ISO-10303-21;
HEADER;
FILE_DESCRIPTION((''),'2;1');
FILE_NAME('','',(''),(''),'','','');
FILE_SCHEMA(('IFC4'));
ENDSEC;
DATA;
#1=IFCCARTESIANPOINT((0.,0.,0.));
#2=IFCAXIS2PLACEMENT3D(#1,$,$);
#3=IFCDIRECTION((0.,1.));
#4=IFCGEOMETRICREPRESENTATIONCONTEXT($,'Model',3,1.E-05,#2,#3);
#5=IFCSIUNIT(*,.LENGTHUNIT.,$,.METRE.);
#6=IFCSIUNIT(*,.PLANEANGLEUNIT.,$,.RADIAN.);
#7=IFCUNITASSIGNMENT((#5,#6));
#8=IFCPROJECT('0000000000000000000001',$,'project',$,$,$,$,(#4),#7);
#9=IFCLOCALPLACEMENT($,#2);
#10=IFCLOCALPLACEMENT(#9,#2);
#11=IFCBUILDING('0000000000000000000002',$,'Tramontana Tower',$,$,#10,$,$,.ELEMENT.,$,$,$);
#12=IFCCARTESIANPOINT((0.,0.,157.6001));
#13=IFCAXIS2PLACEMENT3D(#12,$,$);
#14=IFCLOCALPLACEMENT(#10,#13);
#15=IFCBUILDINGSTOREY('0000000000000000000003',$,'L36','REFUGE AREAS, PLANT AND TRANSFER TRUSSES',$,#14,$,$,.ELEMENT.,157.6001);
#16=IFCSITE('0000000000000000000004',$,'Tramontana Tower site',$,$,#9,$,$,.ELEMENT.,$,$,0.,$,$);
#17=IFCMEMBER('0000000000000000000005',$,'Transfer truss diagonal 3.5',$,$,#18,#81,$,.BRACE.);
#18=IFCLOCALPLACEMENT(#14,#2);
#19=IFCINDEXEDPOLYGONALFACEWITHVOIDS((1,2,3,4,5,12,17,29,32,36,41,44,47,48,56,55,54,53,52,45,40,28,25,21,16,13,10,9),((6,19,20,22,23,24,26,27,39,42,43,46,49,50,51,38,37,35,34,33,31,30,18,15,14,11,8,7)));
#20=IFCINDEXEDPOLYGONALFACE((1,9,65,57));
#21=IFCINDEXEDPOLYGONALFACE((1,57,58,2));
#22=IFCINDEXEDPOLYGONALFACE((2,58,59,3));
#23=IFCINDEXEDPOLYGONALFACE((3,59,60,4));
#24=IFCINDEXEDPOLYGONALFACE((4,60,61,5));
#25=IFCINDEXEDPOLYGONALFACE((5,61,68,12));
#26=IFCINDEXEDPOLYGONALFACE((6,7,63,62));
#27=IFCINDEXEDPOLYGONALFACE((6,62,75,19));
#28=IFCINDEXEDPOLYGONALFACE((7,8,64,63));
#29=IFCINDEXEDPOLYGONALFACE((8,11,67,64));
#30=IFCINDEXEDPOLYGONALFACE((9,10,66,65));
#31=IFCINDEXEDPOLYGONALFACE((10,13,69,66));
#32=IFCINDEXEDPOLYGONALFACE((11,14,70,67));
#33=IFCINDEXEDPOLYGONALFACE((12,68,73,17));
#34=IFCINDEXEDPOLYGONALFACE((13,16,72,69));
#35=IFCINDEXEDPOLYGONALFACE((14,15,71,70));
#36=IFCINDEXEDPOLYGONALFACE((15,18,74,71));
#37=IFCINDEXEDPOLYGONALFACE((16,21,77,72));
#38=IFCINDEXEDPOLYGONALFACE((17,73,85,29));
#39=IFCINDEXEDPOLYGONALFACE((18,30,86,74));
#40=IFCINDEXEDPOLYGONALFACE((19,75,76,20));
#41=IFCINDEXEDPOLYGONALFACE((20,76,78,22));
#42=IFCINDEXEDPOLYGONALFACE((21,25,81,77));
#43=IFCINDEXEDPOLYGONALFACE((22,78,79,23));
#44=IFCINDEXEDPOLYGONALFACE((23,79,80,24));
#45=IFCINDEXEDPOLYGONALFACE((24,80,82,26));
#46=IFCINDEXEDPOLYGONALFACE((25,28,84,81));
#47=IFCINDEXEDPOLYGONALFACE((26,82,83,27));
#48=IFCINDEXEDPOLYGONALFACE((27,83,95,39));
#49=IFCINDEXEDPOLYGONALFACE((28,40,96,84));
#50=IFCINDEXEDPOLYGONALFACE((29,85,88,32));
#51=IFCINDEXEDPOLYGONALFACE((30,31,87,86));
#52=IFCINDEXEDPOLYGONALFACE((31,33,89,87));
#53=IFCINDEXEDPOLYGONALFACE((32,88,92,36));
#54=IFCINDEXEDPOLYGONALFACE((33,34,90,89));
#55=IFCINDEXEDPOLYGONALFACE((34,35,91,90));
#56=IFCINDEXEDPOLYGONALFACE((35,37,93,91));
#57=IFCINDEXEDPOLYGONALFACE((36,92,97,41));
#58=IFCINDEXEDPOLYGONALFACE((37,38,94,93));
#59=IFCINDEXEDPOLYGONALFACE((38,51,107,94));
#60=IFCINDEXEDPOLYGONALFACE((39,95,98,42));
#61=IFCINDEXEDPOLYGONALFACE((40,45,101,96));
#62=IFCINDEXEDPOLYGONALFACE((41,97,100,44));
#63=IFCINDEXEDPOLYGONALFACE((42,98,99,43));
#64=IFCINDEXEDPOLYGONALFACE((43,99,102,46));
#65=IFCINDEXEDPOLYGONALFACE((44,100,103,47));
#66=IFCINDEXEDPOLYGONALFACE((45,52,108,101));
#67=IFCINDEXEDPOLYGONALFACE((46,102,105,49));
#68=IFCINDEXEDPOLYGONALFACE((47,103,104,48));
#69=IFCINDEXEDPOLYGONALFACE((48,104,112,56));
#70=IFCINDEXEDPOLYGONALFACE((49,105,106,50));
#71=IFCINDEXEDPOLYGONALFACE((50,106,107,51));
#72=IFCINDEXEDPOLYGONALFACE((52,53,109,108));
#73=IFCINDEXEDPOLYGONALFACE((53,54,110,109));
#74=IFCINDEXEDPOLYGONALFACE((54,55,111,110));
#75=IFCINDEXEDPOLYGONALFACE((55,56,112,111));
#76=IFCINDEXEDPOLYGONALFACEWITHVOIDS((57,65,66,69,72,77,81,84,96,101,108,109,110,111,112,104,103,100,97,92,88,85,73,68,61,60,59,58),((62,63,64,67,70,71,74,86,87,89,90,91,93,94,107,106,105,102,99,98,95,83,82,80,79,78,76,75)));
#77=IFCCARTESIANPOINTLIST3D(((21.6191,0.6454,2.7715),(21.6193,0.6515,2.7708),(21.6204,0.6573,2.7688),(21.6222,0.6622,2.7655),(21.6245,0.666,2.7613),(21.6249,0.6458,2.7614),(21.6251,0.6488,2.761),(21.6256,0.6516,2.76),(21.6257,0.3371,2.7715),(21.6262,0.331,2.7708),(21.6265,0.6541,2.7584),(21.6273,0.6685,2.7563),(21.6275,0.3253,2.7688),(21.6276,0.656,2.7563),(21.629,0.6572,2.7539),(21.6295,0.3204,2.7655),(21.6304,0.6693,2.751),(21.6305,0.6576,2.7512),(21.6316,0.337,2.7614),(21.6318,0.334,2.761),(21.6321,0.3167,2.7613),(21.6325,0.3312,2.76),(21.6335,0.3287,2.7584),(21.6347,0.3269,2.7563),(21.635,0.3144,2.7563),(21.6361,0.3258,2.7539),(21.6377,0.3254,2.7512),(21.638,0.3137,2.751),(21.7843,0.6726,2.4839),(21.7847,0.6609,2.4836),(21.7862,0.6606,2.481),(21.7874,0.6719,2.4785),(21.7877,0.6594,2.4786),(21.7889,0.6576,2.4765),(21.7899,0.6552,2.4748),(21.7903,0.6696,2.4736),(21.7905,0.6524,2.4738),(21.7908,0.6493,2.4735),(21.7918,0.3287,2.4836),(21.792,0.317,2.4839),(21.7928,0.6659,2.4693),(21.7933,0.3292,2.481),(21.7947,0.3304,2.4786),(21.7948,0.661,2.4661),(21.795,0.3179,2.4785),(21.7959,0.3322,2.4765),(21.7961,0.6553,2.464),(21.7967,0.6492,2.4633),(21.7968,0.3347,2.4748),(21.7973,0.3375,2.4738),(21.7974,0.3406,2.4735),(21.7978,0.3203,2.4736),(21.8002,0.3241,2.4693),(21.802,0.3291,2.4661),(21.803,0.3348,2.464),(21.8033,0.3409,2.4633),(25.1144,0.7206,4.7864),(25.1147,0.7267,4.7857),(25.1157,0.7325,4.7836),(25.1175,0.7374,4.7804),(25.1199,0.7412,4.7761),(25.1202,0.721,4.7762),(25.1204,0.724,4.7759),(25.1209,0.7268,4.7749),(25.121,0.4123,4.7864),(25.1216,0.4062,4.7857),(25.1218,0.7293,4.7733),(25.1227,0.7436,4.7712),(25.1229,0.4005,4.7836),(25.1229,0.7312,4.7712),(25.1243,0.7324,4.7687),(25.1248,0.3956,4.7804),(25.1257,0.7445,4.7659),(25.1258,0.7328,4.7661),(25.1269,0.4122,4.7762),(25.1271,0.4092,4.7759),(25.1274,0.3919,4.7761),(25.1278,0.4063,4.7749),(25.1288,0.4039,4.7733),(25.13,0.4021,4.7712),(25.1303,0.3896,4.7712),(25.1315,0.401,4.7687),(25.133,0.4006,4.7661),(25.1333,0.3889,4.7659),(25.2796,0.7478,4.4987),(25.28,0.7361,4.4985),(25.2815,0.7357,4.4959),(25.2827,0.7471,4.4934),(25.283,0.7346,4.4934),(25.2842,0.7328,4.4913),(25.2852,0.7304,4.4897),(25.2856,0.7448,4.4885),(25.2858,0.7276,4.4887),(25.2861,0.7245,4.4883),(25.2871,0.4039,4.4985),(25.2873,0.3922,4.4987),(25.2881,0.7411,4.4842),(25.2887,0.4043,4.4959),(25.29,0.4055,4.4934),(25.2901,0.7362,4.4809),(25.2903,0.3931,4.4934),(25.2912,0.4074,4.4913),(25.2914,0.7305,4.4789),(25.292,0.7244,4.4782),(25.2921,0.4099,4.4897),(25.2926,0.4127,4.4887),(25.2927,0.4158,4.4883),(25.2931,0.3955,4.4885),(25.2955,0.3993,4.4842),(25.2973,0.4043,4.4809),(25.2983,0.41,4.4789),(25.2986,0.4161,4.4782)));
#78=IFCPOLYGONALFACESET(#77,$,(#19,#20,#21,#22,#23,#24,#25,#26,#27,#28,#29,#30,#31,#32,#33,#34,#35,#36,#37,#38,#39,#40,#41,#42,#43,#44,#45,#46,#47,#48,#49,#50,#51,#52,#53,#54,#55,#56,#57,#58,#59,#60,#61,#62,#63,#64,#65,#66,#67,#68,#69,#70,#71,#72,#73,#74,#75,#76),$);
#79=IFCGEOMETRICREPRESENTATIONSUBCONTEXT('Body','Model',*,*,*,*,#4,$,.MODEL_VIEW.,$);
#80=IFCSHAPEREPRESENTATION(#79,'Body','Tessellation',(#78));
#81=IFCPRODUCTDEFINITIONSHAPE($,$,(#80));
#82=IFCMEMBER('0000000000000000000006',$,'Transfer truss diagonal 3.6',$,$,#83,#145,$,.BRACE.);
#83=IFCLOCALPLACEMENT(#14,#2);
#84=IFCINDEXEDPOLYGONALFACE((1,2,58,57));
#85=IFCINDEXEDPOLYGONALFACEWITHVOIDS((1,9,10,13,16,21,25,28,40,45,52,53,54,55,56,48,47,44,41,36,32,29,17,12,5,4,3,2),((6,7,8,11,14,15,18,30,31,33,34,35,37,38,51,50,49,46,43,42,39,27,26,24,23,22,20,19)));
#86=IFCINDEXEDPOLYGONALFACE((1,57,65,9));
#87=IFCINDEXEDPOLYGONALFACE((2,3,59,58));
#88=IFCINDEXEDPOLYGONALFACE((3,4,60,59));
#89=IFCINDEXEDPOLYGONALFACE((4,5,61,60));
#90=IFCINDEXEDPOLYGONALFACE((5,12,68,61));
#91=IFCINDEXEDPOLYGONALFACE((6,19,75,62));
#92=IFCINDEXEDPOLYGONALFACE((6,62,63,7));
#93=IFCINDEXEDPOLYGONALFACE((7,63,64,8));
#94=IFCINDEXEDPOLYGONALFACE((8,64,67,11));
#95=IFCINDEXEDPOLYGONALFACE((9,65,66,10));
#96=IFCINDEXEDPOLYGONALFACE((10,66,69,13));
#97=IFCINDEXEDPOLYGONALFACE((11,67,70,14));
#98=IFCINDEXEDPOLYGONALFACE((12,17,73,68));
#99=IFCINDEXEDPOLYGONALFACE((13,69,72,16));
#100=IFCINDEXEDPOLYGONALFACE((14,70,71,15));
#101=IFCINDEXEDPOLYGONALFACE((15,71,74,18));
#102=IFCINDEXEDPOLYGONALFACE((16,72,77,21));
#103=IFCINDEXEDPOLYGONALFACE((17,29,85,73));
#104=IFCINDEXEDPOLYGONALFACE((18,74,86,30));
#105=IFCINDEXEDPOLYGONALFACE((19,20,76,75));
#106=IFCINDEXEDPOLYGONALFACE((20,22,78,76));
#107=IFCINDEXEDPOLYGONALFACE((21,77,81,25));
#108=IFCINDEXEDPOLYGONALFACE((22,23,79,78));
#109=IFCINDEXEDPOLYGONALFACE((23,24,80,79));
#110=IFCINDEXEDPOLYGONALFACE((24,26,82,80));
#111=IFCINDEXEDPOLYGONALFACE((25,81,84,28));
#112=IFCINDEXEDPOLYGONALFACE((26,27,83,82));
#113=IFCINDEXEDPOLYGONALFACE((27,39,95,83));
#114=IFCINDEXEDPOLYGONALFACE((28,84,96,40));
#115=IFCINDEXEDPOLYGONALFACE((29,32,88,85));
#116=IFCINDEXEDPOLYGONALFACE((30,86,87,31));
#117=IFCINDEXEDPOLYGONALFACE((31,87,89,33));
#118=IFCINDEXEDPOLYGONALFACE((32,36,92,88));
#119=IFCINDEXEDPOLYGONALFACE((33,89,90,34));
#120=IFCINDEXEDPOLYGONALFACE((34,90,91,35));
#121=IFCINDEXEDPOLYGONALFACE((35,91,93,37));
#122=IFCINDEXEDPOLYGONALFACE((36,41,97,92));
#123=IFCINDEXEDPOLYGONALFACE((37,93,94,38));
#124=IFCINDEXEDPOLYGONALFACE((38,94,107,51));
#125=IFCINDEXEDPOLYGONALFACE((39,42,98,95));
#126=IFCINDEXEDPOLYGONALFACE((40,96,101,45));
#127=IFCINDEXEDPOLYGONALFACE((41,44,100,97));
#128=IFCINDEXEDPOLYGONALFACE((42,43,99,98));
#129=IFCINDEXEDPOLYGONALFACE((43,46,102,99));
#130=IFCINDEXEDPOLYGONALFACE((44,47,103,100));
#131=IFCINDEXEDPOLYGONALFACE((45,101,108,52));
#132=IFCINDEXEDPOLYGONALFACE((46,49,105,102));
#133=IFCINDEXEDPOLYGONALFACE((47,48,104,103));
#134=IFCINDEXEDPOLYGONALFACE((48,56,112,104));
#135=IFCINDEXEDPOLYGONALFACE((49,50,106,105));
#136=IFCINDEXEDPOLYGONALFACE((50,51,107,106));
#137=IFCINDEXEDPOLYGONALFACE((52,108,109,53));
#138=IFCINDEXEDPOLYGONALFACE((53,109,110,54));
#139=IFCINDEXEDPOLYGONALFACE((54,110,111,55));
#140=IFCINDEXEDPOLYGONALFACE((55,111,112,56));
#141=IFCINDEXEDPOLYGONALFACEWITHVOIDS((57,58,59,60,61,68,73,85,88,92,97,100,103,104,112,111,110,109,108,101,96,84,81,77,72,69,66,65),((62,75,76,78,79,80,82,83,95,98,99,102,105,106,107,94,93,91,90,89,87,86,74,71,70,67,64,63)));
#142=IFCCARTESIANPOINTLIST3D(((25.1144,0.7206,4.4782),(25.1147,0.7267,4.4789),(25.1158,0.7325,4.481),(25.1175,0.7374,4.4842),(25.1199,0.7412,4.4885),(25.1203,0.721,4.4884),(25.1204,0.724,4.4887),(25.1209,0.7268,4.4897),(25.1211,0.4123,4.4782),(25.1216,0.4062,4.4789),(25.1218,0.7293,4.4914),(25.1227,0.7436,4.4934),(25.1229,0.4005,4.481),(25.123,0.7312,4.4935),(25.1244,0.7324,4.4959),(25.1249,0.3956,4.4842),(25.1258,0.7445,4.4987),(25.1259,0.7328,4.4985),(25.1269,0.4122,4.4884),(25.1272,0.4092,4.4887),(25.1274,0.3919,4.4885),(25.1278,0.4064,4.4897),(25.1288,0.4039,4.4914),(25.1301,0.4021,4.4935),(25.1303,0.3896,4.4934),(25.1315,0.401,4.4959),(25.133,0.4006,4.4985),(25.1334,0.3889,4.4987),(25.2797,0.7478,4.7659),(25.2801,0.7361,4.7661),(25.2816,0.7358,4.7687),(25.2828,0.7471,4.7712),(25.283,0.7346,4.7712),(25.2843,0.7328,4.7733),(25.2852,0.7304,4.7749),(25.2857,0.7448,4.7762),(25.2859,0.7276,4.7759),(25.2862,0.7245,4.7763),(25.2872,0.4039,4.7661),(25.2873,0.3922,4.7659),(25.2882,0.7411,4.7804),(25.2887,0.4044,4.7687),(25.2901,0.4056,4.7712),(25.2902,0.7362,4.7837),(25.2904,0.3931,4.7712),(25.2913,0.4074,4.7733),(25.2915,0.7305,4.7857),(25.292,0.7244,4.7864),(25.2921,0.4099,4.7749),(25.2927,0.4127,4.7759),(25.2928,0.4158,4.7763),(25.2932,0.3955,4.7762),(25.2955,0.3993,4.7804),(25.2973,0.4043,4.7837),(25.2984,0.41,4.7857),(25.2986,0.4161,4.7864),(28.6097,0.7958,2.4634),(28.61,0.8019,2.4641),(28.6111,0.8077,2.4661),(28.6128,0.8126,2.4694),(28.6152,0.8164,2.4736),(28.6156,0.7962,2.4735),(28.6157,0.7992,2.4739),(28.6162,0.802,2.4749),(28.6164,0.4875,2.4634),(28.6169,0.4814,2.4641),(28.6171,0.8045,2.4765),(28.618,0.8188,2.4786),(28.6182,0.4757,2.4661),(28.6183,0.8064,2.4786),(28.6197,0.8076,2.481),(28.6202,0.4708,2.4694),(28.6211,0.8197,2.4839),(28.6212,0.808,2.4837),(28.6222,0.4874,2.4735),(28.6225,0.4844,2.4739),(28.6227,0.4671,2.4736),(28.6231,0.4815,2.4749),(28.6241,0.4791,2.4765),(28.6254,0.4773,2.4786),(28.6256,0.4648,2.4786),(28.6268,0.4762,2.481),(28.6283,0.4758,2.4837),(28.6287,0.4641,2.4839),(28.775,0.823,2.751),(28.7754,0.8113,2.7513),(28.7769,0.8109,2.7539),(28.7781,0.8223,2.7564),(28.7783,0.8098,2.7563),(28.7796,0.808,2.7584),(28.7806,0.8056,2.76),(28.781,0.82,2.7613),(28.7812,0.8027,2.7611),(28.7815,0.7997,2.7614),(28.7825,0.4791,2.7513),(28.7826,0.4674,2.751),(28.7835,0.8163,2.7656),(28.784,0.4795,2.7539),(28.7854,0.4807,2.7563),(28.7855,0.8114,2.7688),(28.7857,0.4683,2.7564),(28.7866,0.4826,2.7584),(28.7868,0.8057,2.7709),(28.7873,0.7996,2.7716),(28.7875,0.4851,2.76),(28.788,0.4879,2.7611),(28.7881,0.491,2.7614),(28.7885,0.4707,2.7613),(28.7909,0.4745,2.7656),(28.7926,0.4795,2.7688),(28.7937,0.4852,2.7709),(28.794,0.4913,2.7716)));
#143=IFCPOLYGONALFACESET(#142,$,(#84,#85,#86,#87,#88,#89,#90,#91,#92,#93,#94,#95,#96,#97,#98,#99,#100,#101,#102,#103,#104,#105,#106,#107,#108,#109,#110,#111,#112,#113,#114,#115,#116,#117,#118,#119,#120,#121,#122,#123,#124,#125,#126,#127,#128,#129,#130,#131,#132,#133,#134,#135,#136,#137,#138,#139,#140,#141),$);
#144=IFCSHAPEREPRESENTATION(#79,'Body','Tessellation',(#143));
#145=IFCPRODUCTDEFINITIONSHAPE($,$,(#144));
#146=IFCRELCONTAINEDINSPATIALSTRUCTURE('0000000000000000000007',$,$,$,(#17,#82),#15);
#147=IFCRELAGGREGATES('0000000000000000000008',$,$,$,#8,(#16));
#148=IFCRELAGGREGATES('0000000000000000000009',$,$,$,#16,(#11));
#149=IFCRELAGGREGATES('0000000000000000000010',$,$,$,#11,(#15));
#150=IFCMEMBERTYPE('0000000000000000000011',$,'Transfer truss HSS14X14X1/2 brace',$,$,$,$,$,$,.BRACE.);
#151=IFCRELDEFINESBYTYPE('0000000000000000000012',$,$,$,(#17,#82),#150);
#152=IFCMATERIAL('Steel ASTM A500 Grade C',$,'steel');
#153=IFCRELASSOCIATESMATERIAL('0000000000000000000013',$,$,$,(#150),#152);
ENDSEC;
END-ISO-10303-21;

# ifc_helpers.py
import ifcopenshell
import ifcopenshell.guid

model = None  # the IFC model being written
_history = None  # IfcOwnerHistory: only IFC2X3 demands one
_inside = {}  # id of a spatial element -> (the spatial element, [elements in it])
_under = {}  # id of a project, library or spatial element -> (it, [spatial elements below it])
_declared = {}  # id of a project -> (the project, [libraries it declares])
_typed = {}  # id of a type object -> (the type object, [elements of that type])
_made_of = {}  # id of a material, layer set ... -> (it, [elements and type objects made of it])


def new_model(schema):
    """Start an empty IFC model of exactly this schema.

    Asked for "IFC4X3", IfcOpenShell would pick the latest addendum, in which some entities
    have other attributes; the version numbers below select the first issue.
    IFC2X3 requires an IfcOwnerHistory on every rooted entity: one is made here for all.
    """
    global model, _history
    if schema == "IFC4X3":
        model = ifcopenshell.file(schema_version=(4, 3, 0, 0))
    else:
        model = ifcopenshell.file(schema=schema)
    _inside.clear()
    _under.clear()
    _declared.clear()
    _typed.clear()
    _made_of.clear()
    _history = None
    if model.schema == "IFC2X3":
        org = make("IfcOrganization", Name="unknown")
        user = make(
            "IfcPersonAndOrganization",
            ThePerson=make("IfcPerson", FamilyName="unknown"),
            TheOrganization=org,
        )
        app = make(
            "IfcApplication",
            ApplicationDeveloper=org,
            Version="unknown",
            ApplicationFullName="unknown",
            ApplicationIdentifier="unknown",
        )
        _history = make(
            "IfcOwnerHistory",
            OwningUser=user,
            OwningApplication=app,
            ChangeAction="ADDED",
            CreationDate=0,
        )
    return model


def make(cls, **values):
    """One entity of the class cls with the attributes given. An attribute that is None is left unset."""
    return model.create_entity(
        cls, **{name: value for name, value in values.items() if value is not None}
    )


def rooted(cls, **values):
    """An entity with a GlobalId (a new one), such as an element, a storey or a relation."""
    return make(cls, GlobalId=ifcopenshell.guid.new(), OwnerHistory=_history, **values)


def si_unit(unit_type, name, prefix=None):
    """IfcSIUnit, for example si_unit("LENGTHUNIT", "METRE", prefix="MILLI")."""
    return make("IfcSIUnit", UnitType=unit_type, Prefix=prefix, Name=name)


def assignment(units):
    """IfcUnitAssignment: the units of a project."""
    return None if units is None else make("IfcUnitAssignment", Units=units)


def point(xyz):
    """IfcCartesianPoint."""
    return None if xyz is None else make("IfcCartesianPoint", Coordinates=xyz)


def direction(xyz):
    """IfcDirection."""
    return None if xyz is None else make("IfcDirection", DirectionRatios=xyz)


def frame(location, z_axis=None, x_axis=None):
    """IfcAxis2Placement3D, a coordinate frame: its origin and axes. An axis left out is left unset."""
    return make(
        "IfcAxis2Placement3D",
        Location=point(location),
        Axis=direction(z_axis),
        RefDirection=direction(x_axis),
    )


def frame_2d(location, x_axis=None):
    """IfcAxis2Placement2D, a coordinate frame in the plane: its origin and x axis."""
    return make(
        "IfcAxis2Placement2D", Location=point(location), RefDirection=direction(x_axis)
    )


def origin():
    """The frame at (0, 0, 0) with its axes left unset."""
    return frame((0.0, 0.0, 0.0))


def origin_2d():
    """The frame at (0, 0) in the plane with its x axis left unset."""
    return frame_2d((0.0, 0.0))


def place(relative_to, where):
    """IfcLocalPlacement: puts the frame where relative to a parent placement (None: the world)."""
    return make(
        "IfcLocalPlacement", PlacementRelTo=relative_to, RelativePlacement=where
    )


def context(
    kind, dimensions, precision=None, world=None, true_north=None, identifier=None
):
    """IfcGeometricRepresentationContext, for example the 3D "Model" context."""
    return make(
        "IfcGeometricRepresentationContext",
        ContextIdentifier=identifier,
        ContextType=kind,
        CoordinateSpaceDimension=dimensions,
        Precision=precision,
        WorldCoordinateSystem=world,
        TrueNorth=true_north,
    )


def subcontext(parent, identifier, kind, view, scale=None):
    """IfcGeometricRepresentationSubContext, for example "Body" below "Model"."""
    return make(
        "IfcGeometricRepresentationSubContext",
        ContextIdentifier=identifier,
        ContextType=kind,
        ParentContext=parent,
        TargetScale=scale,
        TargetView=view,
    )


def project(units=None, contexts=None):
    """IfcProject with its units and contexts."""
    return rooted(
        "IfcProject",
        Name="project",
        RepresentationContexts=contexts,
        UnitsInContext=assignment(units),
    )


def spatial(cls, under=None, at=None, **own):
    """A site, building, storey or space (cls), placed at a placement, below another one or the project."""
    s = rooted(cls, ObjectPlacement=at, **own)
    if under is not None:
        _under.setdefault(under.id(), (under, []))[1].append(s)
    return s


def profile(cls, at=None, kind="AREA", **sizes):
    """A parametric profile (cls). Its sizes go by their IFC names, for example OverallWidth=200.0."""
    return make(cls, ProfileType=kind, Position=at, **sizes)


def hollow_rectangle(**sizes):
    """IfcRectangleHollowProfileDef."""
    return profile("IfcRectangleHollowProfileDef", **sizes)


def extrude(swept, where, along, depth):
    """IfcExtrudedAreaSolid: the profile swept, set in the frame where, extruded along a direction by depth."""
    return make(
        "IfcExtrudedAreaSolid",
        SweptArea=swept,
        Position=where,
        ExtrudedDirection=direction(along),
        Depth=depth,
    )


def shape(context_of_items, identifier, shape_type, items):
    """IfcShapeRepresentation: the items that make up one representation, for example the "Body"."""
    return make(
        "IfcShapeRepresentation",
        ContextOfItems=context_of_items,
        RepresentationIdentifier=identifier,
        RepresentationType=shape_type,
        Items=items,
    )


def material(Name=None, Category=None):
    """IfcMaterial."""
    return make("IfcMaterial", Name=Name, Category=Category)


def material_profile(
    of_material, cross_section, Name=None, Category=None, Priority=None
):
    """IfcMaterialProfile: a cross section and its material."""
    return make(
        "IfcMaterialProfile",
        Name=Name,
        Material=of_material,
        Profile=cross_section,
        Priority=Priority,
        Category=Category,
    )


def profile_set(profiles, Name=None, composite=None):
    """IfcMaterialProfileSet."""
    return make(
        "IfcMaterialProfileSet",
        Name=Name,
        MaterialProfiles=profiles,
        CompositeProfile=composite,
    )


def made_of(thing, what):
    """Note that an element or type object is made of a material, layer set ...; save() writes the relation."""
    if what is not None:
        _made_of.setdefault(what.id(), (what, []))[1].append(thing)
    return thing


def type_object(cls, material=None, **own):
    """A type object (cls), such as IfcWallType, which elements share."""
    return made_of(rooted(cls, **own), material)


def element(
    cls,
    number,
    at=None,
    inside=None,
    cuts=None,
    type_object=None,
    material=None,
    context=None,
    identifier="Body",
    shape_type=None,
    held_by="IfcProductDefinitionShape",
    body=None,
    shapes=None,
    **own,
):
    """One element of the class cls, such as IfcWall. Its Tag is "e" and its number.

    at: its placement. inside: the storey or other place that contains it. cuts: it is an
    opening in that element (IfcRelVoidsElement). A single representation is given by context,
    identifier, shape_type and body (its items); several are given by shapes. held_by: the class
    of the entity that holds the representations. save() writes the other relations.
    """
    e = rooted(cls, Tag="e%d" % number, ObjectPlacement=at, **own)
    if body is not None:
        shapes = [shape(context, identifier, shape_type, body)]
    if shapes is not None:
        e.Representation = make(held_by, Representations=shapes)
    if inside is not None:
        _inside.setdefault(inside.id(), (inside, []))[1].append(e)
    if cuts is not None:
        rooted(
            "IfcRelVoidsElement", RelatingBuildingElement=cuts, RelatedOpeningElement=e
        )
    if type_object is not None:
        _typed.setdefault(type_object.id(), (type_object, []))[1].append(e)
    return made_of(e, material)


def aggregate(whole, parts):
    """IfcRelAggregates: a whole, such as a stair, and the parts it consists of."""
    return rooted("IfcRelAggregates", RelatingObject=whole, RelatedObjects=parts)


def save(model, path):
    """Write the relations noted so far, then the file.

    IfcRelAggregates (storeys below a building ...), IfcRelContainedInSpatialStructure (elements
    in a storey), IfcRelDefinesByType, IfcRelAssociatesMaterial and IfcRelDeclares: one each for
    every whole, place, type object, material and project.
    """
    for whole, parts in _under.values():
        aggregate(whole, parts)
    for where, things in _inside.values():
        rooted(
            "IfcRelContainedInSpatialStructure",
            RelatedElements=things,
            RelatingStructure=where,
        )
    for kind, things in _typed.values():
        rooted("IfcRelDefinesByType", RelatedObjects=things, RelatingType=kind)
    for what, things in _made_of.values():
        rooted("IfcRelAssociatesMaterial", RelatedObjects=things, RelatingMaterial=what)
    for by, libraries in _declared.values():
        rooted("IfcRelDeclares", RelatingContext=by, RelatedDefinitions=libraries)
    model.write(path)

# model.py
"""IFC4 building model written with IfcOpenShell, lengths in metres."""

from ifc_helpers import new_model, si_unit, direction, frame, origin, origin_2d, place, context, subcontext, project, spatial, hollow_rectangle, extrude, material, material_profile, profile_set, type_object, element, save


model = new_model("IFC4")

# Units and contexts
model_context = context("Model", 3, precision=1e-05, world=origin(), true_north=direction((0.0, 1.0)))
body_context = subcontext(model_context, "Body", "Model", "MODEL_VIEW")
ifc_project = project(units=[si_unit("LENGTHUNIT", "METRE"), si_unit("PLANEANGLEUNIT", "RADIAN")], contexts=[model_context])

# Site, building, storey
site_placement = place(None, origin())
site = spatial("IfcSite", under=ifc_project, at=site_placement, Name="Tramontana Tower site", CompositionType="ELEMENT", RefElevation=0.0)
building_placement = place(site_placement, origin())
building = spatial("IfcBuilding", under=site, at=building_placement, Name="Tramontana Tower", CompositionType="ELEMENT")
storey_placement = place(building_placement, frame((0.0, 0.0, 157.6001)))
storey = spatial("IfcBuildingStorey", under=building, at=storey_placement, Name="L36", Description="REFUGE AREAS, PLANT AND TRANSFER TRUSSES", CompositionType="ELEMENT", Elevation=157.6001)

# Members
ifc_material_1 = material(Name="Steel ASTM A500 Grade C", Category="steel")
ifc_material_profile_1 = material_profile(ifc_material_1, hollow_rectangle(XDim=0.3557, YDim=0.3557, WallThickness=0.0117, InnerFilletRadius=0.0117, OuterFilletRadius=0.0237, at=origin_2d()), Name="HSS14X14X1/2")
ifc_profile_set_1 = profile_set([ifc_material_profile_1], Name="Steel ASTM A500 Grade C")
member_type_1 = type_object("IfcMemberType", Name="Transfer truss HSS14X14X1/2 brace", PredefinedType="BRACE", material=ifc_profile_set_1)
for number, where, z_axis, x_axis, name in (
    (1, (21.7112, 0.4932, 2.6174), (0.866213, 0.018635, 0.499327), (-0.021508, 0.999769, 0.0), "Transfer truss diagonal 3.5"),
    (2, (25.2065, 0.5684, 4.6323), (0.866213, 0.018635, -0.499327), (-0.021508, 0.999769, 0.0), "Transfer truss diagonal 3.6"),
):
    element("IfcMember", number, at=place(storey_placement, frame(where, z_axis=z_axis, x_axis=x_axis)), inside=storey, type_object=member_type_1, Name=name, PredefinedType="BRACE", context=body_context, shape_type="SweptSolid", body=[
        extrude(hollow_rectangle(XDim=0.3557, YDim=0.3557, WallThickness=0.0117, InnerFilletRadius=0.0117, OuterFilletRadius=0.0237, at=origin_2d()), origin(), (0.0, 0.0, 1.0), 4.0352),
    ])

save(model, "model.ifc")
